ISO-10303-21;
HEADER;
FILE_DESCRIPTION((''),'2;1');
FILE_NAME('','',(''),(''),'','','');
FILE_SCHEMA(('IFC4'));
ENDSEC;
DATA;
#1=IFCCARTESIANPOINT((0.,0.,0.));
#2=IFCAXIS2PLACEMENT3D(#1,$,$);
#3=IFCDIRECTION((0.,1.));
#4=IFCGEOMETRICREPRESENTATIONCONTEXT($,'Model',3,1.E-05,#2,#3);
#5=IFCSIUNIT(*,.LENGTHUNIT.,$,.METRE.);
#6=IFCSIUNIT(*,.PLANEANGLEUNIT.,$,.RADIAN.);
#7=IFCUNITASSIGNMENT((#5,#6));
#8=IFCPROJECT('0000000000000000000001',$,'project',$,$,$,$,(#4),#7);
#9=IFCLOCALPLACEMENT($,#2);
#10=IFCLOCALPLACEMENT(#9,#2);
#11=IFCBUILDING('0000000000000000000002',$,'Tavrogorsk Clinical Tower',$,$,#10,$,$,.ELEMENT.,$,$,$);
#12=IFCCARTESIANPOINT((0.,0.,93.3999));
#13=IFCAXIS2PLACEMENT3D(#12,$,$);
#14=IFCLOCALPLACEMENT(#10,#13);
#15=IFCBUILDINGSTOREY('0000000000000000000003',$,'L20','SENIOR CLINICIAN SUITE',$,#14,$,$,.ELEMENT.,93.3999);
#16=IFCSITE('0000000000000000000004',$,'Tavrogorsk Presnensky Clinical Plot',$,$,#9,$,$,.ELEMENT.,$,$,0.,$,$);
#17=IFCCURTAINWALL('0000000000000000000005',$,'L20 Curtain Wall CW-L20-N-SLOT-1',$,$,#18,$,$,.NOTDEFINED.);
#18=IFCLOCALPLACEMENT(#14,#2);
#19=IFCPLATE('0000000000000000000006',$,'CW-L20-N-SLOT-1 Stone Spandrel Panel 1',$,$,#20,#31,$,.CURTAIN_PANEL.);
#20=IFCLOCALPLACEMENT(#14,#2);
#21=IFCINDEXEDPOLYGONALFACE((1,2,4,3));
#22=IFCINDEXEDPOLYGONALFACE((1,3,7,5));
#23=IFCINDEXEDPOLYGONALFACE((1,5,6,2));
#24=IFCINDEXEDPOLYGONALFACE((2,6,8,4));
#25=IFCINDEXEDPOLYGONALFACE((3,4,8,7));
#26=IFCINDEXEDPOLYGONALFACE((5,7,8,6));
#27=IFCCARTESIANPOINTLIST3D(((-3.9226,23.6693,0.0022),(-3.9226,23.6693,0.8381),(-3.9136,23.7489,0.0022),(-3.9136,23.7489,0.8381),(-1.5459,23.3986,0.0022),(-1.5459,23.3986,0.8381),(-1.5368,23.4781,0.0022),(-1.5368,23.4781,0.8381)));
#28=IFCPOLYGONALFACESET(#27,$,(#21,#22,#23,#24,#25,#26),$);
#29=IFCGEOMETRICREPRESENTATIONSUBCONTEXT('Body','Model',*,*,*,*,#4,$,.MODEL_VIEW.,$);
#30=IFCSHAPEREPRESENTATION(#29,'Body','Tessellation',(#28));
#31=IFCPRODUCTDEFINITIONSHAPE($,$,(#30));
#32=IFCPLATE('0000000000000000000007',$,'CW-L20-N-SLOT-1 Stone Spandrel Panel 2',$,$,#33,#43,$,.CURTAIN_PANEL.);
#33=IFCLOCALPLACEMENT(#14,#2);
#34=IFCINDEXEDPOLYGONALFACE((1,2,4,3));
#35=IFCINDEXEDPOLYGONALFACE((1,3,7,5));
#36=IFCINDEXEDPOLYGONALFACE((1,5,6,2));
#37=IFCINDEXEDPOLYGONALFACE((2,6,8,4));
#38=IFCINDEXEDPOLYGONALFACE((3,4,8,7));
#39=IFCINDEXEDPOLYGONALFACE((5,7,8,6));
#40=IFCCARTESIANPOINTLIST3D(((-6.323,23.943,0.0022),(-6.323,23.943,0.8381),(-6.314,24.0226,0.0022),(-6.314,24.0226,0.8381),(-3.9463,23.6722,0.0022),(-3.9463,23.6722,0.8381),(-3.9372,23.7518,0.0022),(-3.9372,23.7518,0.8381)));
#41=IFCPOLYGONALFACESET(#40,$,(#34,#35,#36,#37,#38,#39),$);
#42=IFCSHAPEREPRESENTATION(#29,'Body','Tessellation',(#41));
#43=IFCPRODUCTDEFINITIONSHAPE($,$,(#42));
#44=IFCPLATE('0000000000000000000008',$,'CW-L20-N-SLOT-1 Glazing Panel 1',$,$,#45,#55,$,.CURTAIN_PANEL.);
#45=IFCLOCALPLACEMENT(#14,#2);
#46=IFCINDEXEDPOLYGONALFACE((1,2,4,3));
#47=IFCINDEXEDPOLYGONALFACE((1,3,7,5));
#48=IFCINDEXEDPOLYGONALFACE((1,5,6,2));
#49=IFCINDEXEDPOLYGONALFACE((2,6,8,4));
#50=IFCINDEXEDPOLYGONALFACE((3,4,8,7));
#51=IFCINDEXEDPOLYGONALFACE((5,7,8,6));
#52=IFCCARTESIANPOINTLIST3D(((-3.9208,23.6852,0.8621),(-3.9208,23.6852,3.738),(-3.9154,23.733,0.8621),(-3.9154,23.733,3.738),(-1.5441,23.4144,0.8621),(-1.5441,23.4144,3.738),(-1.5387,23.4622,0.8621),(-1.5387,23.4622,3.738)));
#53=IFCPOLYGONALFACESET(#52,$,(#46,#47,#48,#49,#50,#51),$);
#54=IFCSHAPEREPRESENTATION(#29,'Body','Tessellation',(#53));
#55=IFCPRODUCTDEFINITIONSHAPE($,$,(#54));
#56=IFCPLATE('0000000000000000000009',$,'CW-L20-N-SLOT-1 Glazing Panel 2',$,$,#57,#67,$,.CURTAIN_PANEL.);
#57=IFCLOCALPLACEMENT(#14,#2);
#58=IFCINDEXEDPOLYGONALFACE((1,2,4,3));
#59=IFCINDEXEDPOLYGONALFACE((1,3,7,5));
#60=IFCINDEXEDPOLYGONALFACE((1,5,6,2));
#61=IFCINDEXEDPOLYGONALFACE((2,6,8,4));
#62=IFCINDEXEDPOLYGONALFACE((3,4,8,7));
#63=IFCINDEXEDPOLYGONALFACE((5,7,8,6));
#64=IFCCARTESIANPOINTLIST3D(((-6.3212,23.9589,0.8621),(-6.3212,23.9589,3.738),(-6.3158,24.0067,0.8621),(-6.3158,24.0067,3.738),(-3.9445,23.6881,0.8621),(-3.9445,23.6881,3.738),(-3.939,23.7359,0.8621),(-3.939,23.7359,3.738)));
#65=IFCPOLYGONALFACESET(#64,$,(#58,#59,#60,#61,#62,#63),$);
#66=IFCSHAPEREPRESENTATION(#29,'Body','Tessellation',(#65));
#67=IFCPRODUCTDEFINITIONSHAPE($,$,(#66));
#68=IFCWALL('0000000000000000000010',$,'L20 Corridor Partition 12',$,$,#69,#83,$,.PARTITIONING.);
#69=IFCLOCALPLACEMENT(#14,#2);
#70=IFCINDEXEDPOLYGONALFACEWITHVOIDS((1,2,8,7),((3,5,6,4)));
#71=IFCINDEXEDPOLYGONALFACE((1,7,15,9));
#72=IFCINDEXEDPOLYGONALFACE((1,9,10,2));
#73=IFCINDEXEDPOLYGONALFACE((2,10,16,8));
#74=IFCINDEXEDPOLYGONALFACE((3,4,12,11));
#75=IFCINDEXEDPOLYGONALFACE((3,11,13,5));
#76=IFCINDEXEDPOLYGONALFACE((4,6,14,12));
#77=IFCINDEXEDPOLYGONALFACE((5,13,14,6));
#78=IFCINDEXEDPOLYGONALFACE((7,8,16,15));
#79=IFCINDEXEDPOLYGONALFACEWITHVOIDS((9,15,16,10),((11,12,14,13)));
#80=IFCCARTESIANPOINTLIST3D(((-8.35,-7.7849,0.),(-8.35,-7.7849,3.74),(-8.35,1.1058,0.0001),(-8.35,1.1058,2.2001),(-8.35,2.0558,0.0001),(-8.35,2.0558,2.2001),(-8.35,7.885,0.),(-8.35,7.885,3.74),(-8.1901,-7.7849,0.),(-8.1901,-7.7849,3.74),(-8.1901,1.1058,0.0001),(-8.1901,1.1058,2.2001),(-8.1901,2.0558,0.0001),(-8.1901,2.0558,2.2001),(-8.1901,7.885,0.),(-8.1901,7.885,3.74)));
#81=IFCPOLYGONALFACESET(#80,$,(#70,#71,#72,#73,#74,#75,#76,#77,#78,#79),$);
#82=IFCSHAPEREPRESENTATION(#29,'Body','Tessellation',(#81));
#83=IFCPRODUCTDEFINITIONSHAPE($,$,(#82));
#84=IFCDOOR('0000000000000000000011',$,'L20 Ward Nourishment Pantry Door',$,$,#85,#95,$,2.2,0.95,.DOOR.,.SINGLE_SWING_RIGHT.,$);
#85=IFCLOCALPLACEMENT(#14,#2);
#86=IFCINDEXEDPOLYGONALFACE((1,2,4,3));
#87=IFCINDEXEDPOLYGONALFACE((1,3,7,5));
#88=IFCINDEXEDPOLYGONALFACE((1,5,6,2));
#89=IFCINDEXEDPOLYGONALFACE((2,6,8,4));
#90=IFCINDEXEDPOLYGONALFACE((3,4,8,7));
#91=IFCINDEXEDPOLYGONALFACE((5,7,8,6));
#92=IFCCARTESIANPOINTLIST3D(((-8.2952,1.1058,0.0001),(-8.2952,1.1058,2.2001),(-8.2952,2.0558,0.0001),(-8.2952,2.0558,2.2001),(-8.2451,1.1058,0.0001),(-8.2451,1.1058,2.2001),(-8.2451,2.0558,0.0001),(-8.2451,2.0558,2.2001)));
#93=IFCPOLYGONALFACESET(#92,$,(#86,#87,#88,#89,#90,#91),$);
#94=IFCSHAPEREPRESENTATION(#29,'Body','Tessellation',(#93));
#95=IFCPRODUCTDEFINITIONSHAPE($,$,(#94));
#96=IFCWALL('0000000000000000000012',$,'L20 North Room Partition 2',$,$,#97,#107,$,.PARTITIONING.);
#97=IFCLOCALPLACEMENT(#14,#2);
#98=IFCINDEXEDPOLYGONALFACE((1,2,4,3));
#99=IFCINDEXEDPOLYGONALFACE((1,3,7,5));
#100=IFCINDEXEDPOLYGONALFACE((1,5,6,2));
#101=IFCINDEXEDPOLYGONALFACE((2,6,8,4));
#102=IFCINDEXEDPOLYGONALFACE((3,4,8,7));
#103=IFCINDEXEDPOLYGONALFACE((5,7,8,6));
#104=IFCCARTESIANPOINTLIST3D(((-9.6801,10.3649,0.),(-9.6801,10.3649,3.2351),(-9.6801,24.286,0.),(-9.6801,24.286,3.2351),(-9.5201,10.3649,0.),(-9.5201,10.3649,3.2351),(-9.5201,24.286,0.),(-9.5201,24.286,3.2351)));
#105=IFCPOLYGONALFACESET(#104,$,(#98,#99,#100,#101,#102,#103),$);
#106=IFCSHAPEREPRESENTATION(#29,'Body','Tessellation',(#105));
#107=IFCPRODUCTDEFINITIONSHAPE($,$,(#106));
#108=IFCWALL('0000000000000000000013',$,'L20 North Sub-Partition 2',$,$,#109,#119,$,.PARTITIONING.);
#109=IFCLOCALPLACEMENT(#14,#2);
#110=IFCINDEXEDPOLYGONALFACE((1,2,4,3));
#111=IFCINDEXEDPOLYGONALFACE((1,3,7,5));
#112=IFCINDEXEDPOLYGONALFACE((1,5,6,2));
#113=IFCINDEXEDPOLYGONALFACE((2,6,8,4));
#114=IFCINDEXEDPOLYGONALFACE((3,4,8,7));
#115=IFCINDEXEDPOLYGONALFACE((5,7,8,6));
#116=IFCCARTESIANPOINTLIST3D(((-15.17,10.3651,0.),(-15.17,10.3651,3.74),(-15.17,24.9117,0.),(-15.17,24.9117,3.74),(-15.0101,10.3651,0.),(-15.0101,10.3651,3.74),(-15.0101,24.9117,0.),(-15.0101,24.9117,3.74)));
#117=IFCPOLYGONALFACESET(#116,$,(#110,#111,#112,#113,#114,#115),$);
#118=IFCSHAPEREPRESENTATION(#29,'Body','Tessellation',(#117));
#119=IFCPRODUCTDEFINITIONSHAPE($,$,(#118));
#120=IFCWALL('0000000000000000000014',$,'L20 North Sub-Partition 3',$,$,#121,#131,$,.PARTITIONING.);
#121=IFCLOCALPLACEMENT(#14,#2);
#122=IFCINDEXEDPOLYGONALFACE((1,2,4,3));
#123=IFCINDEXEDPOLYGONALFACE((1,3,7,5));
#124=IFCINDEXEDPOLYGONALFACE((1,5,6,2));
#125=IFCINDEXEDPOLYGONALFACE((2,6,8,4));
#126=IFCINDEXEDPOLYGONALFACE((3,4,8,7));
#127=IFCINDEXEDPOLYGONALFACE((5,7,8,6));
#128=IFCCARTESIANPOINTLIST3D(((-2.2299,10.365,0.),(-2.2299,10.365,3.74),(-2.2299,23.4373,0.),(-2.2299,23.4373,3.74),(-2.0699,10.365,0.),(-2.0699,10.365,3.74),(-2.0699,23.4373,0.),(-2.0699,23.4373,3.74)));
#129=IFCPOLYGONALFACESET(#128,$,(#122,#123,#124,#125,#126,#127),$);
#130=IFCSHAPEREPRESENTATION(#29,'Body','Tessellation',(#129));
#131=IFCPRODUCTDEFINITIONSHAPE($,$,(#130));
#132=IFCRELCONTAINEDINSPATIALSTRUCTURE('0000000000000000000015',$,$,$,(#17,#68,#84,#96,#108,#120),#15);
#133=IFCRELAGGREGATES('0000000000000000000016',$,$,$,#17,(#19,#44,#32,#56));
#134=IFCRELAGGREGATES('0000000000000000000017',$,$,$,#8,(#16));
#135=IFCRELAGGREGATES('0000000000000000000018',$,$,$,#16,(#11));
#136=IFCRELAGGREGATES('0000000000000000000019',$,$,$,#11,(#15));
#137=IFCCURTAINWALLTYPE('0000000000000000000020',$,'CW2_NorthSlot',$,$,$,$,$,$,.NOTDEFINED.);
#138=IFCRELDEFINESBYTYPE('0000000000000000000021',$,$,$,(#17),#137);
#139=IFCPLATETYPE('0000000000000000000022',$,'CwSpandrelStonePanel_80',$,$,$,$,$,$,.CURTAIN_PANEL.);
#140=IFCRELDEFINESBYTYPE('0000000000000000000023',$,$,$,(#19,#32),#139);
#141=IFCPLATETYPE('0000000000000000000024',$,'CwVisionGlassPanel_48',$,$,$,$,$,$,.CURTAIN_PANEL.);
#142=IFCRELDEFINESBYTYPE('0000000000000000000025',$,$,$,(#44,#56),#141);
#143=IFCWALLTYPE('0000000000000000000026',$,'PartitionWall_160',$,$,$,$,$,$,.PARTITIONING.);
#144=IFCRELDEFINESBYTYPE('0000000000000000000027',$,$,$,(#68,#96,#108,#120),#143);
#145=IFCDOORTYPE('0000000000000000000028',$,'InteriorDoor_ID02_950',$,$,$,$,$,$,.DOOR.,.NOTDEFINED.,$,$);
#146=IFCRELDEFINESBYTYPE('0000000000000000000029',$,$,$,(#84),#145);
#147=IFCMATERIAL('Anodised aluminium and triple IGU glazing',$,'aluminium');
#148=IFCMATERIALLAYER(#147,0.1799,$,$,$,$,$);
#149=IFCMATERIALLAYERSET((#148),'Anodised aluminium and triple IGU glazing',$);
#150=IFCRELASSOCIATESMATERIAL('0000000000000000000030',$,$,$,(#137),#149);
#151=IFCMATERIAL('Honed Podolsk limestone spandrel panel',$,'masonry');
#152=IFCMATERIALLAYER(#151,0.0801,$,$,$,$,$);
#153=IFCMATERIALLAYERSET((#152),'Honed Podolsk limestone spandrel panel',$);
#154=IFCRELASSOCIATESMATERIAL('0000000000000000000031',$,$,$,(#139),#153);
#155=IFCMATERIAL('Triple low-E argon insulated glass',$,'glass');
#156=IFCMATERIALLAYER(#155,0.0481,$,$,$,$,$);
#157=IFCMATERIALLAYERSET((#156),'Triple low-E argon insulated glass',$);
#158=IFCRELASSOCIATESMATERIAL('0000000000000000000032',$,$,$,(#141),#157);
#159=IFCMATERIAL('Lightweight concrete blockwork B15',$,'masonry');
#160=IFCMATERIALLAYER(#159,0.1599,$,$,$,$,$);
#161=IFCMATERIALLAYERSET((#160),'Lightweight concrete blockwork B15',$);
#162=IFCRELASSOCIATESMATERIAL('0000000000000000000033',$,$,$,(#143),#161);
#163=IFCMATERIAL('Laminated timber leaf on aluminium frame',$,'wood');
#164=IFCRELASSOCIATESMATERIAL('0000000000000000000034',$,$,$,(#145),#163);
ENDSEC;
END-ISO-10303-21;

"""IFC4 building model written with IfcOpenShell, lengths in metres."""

from ifc_helpers import new_model, si_unit, direction, frame, frame_2d, origin, origin_2d, place, context, subcontext, project, spatial, rectangle, extrude, material, layer, layer_set, type_object, element, fill, aggregate, save


model = new_model("IFC4")

# Units and contexts
model_context = context("Model", 3, precision=1e-05, world=origin(), true_north=direction((0.0, 1.0)))
body_context = subcontext(model_context, "Body", "Model", "MODEL_VIEW")
ifc_project = project(units=[si_unit("LENGTHUNIT", "METRE"), si_unit("PLANEANGLEUNIT", "RADIAN")], contexts=[model_context])

# Site, building, storey
site_placement = place(None, origin())
site = spatial("IfcSite", under=ifc_project, at=site_placement, Name="Tavrogorsk Presnensky Clinical Plot", CompositionType="ELEMENT", RefElevation=0.0)
building_placement = place(site_placement, origin())
building = spatial("IfcBuilding", under=site, at=building_placement, Name="Tavrogorsk Clinical Tower", CompositionType="ELEMENT")
storey_placement = place(building_placement, frame((0.0, 0.0, 93.3999)))
storey = spatial("IfcBuildingStorey", under=building, at=storey_placement, Name="L20", Description="SENIOR CLINICIAN SUITE", CompositionType="ELEMENT", Elevation=93.3999)

# Curtain wall
ifc_material_1 = material(Name="Anodised aluminium and triple IGU glazing", Category="aluminium")
ifc_layer_1 = layer(ifc_material_1, 0.1799)
ifc_layer_set_1 = layer_set([ifc_layer_1], Name="Anodised aluminium and triple IGU glazing")
curtain_wall_type = type_object("IfcCurtainWallType", Name="CW2_NorthSlot", PredefinedType="NOTDEFINED", material=ifc_layer_set_1)
curtain_wall_placement = place(storey_placement, origin())
curtain_wall = element("IfcCurtainWall", 1, at=curtain_wall_placement, inside=storey, type_object=curtain_wall_type, Name="L20 Curtain Wall CW-L20-N-SLOT-1", PredefinedType="NOTDEFINED")

# Plates
ifc_material_2 = material(Name="Honed Podolsk limestone spandrel panel", Category="masonry")
ifc_layer_2 = layer(ifc_material_2, 0.0801)
ifc_layer_set_2 = layer_set([ifc_layer_2], Name="Honed Podolsk limestone spandrel panel")
plate_type_1 = type_object("IfcPlateType", Name="CwSpandrelStonePanel_80", PredefinedType="CURTAIN_PANEL", material=ifc_layer_set_2)
plate_1_placement = place(storey_placement, frame((-2.7297, 23.5737, 0.0022), z_axis=(0.0, 0.0, 1.0), x_axis=(-0.993572, 0.113203, 0.0)))
plate_1 = element("IfcPlate", 2, at=plate_1_placement, type_object=plate_type_1, Name="CW-L20-N-SLOT-1 Stone Spandrel Panel 1", PredefinedType="CURTAIN_PANEL", context=body_context, shape_type="SweptSolid", body=[
    extrude(rectangle(XDim=2.3921, YDim=0.0801, at=origin_2d()), origin(), (0.0, 0.0, 1.0), 0.8359),
])
plate_2_placement = place(storey_placement, frame((-5.1301, 23.8474, 0.0022), z_axis=(0.0, 0.0, 1.0), x_axis=(-0.993572, 0.113203, 0.0)))
plate_2 = element("IfcPlate", 3, at=plate_2_placement, type_object=plate_type_1, Name="CW-L20-N-SLOT-1 Stone Spandrel Panel 2", PredefinedType="CURTAIN_PANEL", context=body_context, shape_type="SweptSolid", body=[
    extrude(rectangle(XDim=2.3921, YDim=0.0801, at=origin_2d()), origin(), (0.0, 0.0, 1.0), 0.8359),
])
ifc_material_3 = material(Name="Triple low-E argon insulated glass", Category="glass")
ifc_layer_3 = layer(ifc_material_3, 0.0481)
ifc_layer_set_3 = layer_set([ifc_layer_3], Name="Triple low-E argon insulated glass")
plate_type_2 = type_object("IfcPlateType", Name="CwVisionGlassPanel_48", PredefinedType="CURTAIN_PANEL", material=ifc_layer_set_3)
plate_3_placement = place(storey_placement, frame((-2.7297, 23.5737, 0.8621), z_axis=(0.0, 0.0, 1.0), x_axis=(-0.993572, 0.113203, 0.0)))
plate_3 = element("IfcPlate", 4, at=plate_3_placement, type_object=plate_type_2, Name="CW-L20-N-SLOT-1 Glazing Panel 1", PredefinedType="CURTAIN_PANEL", context=body_context, shape_type="SweptSolid", body=[
    extrude(rectangle(XDim=2.3921, YDim=0.0481, at=origin_2d()), origin(), (0.0, 0.0, 1.0), 2.876),
])
plate_4_placement = place(storey_placement, frame((-5.1301, 23.8474, 0.8621), z_axis=(0.0, 0.0, 1.0), x_axis=(-0.993572, 0.113203, 0.0)))
plate_4 = element("IfcPlate", 5, at=plate_4_placement, type_object=plate_type_2, Name="CW-L20-N-SLOT-1 Glazing Panel 2", PredefinedType="CURTAIN_PANEL", context=body_context, shape_type="SweptSolid", body=[
    extrude(rectangle(XDim=2.3921, YDim=0.0481, at=origin_2d()), origin(), (0.0, 0.0, 1.0), 2.876),
])
aggregate(curtain_wall, [plate_1, plate_3, plate_2, plate_4])

# Wall, opening, door
ifc_material_4 = material(Name="Lightweight concrete blockwork B15", Category="masonry")
ifc_layer_4 = layer(ifc_material_4, 0.1599)
ifc_layer_set_4 = layer_set([ifc_layer_4], Name="Lightweight concrete blockwork B15")
wall_type_1 = type_object("IfcWallType", Name="PartitionWall_160", PredefinedType="PARTITIONING", material=ifc_layer_set_4)
wall_1_placement = place(storey_placement, frame((-8.27, 7.885, 0.0), z_axis=(0.0, 0.0, 1.0), x_axis=(0.0, -1.0, 0.0)))
wall_1 = element("IfcWall", 6, at=wall_1_placement, inside=storey, type_object=wall_type_1, Name="L20 Corridor Partition 12", PredefinedType="PARTITIONING", context=body_context, shape_type="SweptSolid", body=[
    extrude(rectangle(XDim=15.6699, YDim=0.1599, at=frame_2d((7.835, 0.0))), origin(), (0.0, 0.0, 1.0), 3.74),
])
opening_1_placement = place(wall_1_placement, frame((5.8291, 0.0, 0.0)))
opening_1 = element("IfcOpeningElement", 7, at=opening_1_placement, cuts=wall_1, PredefinedType="OPENING", context=body_context, shape_type="SweptSolid", body=[
    extrude(rectangle(XDim=0.95, YDim=2.2, at=frame_2d((0.4751, 1.1001))), frame((0.0, 0.0898, 0.0), z_axis=(0.0, -1.0, 0.0), x_axis=(1.0, 0.0, 0.0)), (0.0, 0.0, 1.0), 0.1799),
])
ifc_material_5 = material(Name="Laminated timber leaf on aluminium frame", Category="wood")
door_type = type_object("IfcDoorType", Name="InteriorDoor_ID02_950", OperationType="NOTDEFINED", PredefinedType="DOOR", material=ifc_material_5)
door_placement = place(opening_1_placement, origin())
door = element("IfcDoor", 8, at=door_placement, inside=storey, type_object=door_type, Name="L20 Ward Nourishment Pantry Door", OperationType="SINGLE_SWING_RIGHT", OverallHeight=2.2, OverallWidth=0.95, PredefinedType="DOOR", context=body_context, shape_type="SweptSolid", body=[
    extrude(rectangle(XDim=0.95, YDim=2.2, at=frame_2d((0.4751, 1.1001))), frame((0.0, 0.0249, 0.0), z_axis=(0.0, -1.0, 0.0), x_axis=(1.0, 0.0, 0.0)), (0.0, 0.0, 1.0), 0.05),
])
fill(opening_1, door)

# Walls
wall_2_placement = place(storey_placement, frame((-9.6001, 10.365, 0.0), z_axis=(0.0, 0.0, 1.0), x_axis=(0.0, 1.0, 0.0)))
element("IfcWall", 9, at=wall_2_placement, inside=storey, type_object=wall_type_1, Name="L20 North Room Partition 2", PredefinedType="PARTITIONING", context=body_context, shape_type="SweptSolid", body=[
    extrude(rectangle(XDim=13.9211, YDim=0.1599, at=frame_2d((6.9604, 0.0))), origin(), (0.0, 0.0, 1.0), 3.2351),
])
wall_3_placement = place(storey_placement, frame((-15.0901, 10.365, 0.0), z_axis=(0.0, 0.0, 1.0), x_axis=(0.0, 1.0, 0.0)))
element("IfcWall", 10, at=wall_3_placement, inside=storey, type_object=wall_type_1, Name="L20 North Sub-Partition 2", PredefinedType="PARTITIONING", context=body_context, shape_type="SweptSolid", body=[
    extrude(rectangle(XDim=14.5466, YDim=0.1599, at=frame_2d((7.2734, 0.0))), origin(), (0.0, 0.0, 1.0), 3.74),
])
wall_4_placement = place(storey_placement, frame((-2.1499, 10.365, 0.0), z_axis=(0.0, 0.0, 1.0), x_axis=(0.0, 1.0, 0.0)))
element("IfcWall", 11, at=wall_4_placement, inside=storey, type_object=wall_type_1, Name="L20 North Sub-Partition 3", PredefinedType="PARTITIONING", context=body_context, shape_type="SweptSolid", body=[
    extrude(rectangle(XDim=13.0723, YDim=0.1599, at=frame_2d((6.5361, 0.0))), origin(), (0.0, 0.0, 1.0), 3.74),
])

save(model, "model.ifc")
